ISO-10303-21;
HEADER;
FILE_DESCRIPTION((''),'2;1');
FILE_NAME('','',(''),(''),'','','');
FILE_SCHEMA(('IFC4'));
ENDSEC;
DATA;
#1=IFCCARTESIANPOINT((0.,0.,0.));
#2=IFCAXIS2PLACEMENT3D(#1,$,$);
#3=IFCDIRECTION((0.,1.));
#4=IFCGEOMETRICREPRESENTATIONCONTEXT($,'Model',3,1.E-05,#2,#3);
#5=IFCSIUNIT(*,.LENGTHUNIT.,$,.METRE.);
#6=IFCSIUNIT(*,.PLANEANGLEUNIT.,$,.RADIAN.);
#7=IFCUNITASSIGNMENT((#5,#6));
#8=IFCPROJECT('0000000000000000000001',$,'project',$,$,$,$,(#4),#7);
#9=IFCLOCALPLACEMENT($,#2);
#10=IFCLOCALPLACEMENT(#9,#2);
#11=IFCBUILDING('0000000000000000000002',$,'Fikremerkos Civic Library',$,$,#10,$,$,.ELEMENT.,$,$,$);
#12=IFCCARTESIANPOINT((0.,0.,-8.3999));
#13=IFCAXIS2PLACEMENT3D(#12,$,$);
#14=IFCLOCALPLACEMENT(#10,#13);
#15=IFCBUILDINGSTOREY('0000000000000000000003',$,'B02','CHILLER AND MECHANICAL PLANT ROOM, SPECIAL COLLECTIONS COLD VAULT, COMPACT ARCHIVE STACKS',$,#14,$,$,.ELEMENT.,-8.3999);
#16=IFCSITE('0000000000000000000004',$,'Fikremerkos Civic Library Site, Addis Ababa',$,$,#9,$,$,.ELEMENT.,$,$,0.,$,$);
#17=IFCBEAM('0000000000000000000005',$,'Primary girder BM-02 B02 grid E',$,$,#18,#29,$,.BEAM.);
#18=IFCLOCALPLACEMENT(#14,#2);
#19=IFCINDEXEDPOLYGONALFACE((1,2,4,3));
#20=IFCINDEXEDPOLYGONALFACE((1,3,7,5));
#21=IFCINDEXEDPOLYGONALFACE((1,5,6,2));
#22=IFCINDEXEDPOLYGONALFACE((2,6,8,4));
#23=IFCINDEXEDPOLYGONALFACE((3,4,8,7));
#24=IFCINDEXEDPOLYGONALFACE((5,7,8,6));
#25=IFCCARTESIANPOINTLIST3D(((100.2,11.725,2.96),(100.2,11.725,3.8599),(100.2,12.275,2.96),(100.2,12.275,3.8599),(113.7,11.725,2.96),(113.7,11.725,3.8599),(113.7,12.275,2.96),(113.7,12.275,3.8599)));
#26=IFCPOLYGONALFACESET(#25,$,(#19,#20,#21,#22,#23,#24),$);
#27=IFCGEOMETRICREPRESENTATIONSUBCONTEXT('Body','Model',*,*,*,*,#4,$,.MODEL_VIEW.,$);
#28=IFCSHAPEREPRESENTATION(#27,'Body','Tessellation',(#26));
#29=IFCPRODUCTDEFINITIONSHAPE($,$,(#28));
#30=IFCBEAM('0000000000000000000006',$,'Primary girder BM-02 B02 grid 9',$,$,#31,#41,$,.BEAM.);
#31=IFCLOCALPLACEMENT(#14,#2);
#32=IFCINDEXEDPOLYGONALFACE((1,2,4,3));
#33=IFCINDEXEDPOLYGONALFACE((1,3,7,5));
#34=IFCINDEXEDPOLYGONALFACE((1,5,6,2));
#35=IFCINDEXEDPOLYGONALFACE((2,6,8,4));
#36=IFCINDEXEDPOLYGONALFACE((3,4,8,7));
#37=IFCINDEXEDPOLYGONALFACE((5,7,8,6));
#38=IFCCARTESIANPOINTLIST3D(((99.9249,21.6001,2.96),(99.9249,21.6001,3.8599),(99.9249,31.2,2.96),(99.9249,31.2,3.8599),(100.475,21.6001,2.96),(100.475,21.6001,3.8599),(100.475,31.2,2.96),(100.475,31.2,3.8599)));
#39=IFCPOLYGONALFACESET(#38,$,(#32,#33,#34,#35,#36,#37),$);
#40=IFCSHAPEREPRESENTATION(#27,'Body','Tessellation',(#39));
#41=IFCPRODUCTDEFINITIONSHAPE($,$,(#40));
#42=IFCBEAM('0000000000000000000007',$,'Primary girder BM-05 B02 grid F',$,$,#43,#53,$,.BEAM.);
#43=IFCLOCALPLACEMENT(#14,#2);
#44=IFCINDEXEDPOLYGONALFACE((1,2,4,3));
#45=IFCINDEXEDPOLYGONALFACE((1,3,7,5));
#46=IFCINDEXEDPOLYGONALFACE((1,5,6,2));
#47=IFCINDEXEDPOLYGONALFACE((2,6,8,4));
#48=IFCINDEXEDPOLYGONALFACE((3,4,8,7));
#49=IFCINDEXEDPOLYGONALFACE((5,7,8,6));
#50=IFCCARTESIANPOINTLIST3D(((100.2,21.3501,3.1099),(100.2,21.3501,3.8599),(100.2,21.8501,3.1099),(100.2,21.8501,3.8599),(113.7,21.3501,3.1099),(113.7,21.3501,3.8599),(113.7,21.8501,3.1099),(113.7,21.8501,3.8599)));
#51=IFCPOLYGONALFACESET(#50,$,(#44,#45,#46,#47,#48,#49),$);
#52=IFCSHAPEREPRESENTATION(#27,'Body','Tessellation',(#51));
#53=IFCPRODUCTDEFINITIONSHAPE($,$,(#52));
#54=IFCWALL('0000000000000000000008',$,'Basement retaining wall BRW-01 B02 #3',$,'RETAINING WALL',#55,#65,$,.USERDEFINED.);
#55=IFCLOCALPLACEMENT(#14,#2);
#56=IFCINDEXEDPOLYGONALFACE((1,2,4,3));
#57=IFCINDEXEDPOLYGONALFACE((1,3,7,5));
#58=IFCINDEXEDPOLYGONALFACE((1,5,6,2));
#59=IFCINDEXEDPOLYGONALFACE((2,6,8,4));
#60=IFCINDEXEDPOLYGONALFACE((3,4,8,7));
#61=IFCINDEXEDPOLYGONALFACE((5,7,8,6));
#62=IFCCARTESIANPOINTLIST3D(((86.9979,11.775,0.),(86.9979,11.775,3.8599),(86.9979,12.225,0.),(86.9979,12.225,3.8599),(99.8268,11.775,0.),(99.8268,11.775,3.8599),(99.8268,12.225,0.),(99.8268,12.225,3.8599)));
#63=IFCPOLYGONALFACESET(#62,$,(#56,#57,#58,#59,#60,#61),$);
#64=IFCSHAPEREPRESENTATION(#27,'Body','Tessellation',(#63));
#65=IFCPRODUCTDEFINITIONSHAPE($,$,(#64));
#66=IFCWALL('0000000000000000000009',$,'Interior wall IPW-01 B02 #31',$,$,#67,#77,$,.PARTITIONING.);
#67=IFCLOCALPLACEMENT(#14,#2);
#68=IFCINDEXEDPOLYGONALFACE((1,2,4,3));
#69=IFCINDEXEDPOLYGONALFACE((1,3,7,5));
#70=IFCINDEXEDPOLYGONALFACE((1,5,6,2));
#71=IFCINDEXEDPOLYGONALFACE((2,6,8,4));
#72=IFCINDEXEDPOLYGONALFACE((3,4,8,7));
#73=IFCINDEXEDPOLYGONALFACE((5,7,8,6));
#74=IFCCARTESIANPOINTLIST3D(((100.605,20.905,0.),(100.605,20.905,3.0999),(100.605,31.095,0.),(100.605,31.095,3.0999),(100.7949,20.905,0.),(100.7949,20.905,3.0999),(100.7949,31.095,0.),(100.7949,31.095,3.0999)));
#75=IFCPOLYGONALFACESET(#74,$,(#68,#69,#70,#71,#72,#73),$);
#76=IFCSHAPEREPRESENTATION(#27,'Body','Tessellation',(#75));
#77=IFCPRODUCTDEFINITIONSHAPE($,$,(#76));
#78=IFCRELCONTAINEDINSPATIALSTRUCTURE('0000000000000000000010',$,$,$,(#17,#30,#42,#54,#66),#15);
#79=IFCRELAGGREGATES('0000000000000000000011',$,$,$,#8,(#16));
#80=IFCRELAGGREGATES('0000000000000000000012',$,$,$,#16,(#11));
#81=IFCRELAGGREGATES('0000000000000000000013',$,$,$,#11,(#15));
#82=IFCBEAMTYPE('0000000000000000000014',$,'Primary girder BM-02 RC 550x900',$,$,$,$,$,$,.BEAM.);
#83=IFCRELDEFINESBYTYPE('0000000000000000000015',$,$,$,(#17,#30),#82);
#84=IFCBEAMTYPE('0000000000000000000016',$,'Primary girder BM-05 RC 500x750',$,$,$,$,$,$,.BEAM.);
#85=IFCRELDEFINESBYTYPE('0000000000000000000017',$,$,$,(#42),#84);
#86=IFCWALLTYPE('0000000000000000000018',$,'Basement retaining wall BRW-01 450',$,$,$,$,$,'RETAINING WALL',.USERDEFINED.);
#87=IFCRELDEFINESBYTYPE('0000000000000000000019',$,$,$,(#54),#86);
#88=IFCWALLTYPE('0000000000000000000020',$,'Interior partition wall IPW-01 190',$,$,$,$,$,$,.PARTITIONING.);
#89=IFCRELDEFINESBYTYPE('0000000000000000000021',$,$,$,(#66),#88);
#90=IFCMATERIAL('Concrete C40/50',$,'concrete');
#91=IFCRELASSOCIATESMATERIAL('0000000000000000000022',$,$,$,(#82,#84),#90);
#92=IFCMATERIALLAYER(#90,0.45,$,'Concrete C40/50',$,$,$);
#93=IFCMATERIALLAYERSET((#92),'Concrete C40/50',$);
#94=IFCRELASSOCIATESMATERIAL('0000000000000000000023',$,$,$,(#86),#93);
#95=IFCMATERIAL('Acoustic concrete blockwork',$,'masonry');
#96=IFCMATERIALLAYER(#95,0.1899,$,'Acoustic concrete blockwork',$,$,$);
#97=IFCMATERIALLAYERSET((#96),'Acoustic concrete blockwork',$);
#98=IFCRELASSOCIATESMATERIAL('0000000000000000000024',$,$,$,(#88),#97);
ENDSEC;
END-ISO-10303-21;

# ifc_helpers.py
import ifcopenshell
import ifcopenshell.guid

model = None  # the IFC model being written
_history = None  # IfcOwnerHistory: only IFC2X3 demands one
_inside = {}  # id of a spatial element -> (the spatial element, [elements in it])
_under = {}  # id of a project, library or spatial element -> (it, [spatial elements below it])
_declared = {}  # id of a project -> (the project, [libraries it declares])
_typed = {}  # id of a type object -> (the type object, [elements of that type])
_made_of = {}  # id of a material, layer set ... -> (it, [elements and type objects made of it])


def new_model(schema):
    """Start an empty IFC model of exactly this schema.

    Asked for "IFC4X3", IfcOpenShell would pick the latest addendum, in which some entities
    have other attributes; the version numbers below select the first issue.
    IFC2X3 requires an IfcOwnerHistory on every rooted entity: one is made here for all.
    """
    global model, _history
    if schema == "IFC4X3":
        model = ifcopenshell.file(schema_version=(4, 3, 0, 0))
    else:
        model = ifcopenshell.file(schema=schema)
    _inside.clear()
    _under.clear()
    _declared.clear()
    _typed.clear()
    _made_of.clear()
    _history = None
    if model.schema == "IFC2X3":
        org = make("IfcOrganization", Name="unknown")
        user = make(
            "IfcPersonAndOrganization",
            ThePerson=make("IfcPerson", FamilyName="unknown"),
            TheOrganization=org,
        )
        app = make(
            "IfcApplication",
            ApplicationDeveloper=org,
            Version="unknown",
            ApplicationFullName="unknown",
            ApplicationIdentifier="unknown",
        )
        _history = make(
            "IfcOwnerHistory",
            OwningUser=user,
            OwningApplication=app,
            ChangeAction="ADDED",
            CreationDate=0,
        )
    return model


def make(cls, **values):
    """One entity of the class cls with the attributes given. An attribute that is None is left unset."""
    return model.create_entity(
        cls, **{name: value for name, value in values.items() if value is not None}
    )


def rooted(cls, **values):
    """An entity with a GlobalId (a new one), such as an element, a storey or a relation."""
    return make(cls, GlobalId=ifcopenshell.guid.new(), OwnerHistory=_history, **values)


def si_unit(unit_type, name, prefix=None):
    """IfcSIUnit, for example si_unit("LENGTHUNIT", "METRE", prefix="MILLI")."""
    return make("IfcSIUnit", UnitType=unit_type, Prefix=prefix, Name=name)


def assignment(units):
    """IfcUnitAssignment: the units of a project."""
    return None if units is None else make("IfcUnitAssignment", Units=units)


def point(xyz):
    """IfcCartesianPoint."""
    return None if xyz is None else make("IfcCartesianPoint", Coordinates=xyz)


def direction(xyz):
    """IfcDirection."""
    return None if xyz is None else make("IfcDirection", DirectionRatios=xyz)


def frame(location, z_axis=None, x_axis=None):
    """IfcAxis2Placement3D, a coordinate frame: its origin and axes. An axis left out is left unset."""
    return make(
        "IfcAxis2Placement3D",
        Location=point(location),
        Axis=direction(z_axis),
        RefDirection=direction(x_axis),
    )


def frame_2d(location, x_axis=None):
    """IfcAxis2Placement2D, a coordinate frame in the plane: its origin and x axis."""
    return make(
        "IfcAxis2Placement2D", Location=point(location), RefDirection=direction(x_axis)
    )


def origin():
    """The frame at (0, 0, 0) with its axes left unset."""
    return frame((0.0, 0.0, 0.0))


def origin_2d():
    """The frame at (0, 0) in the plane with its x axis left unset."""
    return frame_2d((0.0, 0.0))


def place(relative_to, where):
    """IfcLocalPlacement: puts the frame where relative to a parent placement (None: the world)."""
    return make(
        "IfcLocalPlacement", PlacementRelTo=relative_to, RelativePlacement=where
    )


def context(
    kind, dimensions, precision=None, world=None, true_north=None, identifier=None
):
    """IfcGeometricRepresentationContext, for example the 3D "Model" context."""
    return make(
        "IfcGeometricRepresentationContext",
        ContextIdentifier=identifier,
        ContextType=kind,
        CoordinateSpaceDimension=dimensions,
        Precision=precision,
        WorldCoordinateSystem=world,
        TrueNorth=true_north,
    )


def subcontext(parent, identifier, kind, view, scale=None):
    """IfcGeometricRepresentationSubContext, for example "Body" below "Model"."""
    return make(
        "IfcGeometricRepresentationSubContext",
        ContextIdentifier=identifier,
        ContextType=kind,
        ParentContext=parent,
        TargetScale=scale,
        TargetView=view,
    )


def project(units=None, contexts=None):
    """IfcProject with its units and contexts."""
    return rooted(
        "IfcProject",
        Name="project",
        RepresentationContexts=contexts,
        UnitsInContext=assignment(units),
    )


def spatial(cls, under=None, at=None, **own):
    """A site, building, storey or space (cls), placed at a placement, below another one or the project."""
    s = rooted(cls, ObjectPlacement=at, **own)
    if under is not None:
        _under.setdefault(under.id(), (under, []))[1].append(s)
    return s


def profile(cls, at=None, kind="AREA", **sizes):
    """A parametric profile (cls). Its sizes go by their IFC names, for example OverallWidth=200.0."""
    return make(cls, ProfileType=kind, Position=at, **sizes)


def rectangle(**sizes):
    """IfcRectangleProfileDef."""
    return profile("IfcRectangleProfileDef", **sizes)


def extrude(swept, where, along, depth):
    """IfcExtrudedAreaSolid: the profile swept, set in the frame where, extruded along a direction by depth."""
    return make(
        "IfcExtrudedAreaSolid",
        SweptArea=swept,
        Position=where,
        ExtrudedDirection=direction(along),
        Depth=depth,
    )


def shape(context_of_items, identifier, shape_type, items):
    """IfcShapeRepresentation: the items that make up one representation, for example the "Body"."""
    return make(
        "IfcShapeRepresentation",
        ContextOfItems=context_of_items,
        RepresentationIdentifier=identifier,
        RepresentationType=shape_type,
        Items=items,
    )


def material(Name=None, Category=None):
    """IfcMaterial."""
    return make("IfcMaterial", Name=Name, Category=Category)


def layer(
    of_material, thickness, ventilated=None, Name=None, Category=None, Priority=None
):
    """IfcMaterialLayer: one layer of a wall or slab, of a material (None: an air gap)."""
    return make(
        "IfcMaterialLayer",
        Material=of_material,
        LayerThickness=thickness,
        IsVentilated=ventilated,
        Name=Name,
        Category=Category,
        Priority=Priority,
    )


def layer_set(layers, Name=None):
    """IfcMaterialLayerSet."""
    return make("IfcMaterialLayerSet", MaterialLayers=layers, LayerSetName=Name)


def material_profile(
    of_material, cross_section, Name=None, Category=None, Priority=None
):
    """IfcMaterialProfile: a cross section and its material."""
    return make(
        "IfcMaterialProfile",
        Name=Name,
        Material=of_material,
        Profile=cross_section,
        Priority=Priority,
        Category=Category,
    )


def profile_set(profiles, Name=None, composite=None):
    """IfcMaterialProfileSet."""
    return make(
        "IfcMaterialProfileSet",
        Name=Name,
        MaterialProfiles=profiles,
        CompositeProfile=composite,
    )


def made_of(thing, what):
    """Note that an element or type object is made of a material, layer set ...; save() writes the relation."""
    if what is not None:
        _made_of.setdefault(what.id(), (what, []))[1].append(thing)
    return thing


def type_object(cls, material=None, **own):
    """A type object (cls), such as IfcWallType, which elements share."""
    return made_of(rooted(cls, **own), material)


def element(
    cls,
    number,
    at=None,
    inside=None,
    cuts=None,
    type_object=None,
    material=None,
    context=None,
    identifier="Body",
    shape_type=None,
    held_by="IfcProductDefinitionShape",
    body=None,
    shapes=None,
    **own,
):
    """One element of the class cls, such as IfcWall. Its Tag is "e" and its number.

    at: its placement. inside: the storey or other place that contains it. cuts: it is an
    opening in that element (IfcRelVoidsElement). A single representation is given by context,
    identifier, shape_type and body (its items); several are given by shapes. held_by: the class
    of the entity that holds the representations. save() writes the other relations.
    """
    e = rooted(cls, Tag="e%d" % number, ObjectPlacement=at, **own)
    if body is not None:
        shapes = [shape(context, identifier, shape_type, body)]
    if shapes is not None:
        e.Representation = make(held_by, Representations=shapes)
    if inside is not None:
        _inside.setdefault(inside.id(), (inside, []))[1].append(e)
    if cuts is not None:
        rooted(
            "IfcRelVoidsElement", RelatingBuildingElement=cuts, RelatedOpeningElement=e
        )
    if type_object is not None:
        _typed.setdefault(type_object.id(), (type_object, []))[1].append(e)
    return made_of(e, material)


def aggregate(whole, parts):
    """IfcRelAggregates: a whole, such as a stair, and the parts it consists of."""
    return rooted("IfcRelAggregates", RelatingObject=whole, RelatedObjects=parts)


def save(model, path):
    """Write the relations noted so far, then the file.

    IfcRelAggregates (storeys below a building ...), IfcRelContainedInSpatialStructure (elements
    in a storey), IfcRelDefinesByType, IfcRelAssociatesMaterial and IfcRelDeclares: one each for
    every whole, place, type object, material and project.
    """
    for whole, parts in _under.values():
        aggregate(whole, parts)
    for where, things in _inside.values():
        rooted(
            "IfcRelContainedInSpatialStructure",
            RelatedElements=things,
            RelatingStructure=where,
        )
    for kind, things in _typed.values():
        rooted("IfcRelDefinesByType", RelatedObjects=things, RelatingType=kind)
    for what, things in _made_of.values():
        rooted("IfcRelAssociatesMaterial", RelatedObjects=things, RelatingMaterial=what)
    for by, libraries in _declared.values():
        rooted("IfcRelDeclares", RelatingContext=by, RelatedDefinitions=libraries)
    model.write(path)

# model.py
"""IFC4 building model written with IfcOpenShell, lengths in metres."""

from ifc_helpers import new_model, si_unit, direction, frame, frame_2d, origin, origin_2d, place, context, subcontext, project, spatial, rectangle, extrude, material, layer, layer_set, material_profile, profile_set, type_object, element, save


model = new_model("IFC4")

# Units and contexts
model_context = context("Model", 3, precision=1e-05, world=origin(), true_north=direction((0.0, 1.0)))
body_context = subcontext(model_context, "Body", "Model", "MODEL_VIEW")
ifc_project = project(units=[si_unit("LENGTHUNIT", "METRE"), si_unit("PLANEANGLEUNIT", "RADIAN")], contexts=[model_context])

# Site, building, storey
site_placement = place(None, origin())
site = spatial("IfcSite", under=ifc_project, at=site_placement, Name="Fikremerkos Civic Library Site, Addis Ababa", CompositionType="ELEMENT", RefElevation=0.0)
building_placement = place(site_placement, origin())
building = spatial("IfcBuilding", under=site, at=building_placement, Name="Fikremerkos Civic Library", CompositionType="ELEMENT")
storey_placement = place(building_placement, frame((0.0, 0.0, -8.3999)))
storey = spatial("IfcBuildingStorey", under=building, at=storey_placement, Name="B02", Description="CHILLER AND MECHANICAL PLANT ROOM, SPECIAL COLLECTIONS COLD VAULT, COMPACT ARCHIVE STACKS", CompositionType="ELEMENT", Elevation=-8.3999)

# Shared definitions
ifc_material_1 = material(Name="Concrete C40/50", Category="concrete")

# Beams
ifc_material_profile_1 = material_profile(ifc_material_1, rectangle(XDim=0.55, YDim=0.8999, at=origin_2d()), Name="RC 550x900")
ifc_profile_set_1 = profile_set([ifc_material_profile_1], Name="Concrete C40/50")
beam_type_1 = type_object("IfcBeamType", Name="Primary girder BM-02 RC 550x900", PredefinedType="BEAM", material=ifc_profile_set_1)
beam_1_placement = place(storey_placement, frame((100.2, 12.0, 3.4099), z_axis=(1.0, 0.0, 0.0), x_axis=(0.0, 1.0, 0.0)))
element("IfcBeam", 1, at=beam_1_placement, inside=storey, type_object=beam_type_1, Name="Primary girder BM-02 B02 grid E", PredefinedType="BEAM", context=body_context, shape_type="SweptSolid", body=[
    extrude(rectangle(XDim=0.55, YDim=0.8999, at=origin_2d()), origin(), (0.0, 0.0, 1.0), 13.5),
])
beam_2_placement = place(storey_placement, frame((100.2, 21.6001, 3.4099), z_axis=(0.0, 1.0, 0.0), x_axis=(-1.0, 0.0, 0.0)))
element("IfcBeam", 2, at=beam_2_placement, inside=storey, type_object=beam_type_1, Name="Primary girder BM-02 B02 grid 9", PredefinedType="BEAM", context=body_context, shape_type="SweptSolid", body=[
    extrude(rectangle(XDim=0.55, YDim=0.8999, at=origin_2d()), origin(), (0.0, 0.0, 1.0), 9.5999),
])
ifc_material_profile_2 = material_profile(ifc_material_1, rectangle(XDim=0.5, YDim=0.75, at=origin_2d()), Name="RC 500x750")
ifc_profile_set_2 = profile_set([ifc_material_profile_2], Name="Concrete C40/50")
beam_type_2 = type_object("IfcBeamType", Name="Primary girder BM-05 RC 500x750", PredefinedType="BEAM", material=ifc_profile_set_2)
beam_3_placement = place(storey_placement, frame((100.2, 21.6001, 3.4849), z_axis=(1.0, 0.0, 0.0), x_axis=(0.0, 1.0, 0.0)))
element("IfcBeam", 3, at=beam_3_placement, inside=storey, type_object=beam_type_2, Name="Primary girder BM-05 B02 grid F", PredefinedType="BEAM", context=body_context, shape_type="SweptSolid", body=[
    extrude(rectangle(XDim=0.5, YDim=0.75, at=origin_2d()), origin(), (0.0, 0.0, 1.0), 13.5),
])

# Walls
ifc_layer_1 = layer(ifc_material_1, 0.45, Name="Concrete C40/50")
ifc_layer_set_1 = layer_set([ifc_layer_1], Name="Concrete C40/50")
wall_type_1 = type_object("IfcWallType", Name="Basement retaining wall BRW-01 450", ElementType="RETAINING WALL", PredefinedType="USERDEFINED", material=ifc_layer_set_1)
wall_1_placement = place(storey_placement, frame((99.8269, 12.0, 0.0), z_axis=(0.0, 0.0, 1.0), x_axis=(-1.0, 0.0, 0.0)))
element("IfcWall", 4, at=wall_1_placement, inside=storey, type_object=wall_type_1, Name="Basement retaining wall BRW-01 B02 #3", ObjectType="RETAINING WALL", PredefinedType="USERDEFINED", context=body_context, shape_type="SweptSolid", body=[
    extrude(rectangle(XDim=12.8289, YDim=0.45, at=frame_2d((6.4146, 0.0))), origin(), (0.0, 0.0, 1.0), 3.8599),
])
ifc_material_2 = material(Name="Acoustic concrete blockwork", Category="masonry")
ifc_layer_2 = layer(ifc_material_2, 0.1899, Name="Acoustic concrete blockwork")
ifc_layer_set_2 = layer_set([ifc_layer_2], Name="Acoustic concrete blockwork")
wall_type_2 = type_object("IfcWallType", Name="Interior partition wall IPW-01 190", PredefinedType="PARTITIONING", material=ifc_layer_set_2)
wall_2_placement = place(storey_placement, frame((100.7, 20.905, 0.0), z_axis=(0.0, 0.0, 1.0), x_axis=(0.0, 1.0, 0.0)))
element("IfcWall", 5, at=wall_2_placement, inside=storey, type_object=wall_type_2, Name="Interior wall IPW-01 B02 #31", PredefinedType="PARTITIONING", context=body_context, shape_type="SweptSolid", body=[
    extrude(rectangle(XDim=10.1899, YDim=0.1899, at=frame_2d((5.095, 0.0))), origin(), (0.0, 0.0, 1.0), 3.0999),
])

save(model, "model.ifc")
